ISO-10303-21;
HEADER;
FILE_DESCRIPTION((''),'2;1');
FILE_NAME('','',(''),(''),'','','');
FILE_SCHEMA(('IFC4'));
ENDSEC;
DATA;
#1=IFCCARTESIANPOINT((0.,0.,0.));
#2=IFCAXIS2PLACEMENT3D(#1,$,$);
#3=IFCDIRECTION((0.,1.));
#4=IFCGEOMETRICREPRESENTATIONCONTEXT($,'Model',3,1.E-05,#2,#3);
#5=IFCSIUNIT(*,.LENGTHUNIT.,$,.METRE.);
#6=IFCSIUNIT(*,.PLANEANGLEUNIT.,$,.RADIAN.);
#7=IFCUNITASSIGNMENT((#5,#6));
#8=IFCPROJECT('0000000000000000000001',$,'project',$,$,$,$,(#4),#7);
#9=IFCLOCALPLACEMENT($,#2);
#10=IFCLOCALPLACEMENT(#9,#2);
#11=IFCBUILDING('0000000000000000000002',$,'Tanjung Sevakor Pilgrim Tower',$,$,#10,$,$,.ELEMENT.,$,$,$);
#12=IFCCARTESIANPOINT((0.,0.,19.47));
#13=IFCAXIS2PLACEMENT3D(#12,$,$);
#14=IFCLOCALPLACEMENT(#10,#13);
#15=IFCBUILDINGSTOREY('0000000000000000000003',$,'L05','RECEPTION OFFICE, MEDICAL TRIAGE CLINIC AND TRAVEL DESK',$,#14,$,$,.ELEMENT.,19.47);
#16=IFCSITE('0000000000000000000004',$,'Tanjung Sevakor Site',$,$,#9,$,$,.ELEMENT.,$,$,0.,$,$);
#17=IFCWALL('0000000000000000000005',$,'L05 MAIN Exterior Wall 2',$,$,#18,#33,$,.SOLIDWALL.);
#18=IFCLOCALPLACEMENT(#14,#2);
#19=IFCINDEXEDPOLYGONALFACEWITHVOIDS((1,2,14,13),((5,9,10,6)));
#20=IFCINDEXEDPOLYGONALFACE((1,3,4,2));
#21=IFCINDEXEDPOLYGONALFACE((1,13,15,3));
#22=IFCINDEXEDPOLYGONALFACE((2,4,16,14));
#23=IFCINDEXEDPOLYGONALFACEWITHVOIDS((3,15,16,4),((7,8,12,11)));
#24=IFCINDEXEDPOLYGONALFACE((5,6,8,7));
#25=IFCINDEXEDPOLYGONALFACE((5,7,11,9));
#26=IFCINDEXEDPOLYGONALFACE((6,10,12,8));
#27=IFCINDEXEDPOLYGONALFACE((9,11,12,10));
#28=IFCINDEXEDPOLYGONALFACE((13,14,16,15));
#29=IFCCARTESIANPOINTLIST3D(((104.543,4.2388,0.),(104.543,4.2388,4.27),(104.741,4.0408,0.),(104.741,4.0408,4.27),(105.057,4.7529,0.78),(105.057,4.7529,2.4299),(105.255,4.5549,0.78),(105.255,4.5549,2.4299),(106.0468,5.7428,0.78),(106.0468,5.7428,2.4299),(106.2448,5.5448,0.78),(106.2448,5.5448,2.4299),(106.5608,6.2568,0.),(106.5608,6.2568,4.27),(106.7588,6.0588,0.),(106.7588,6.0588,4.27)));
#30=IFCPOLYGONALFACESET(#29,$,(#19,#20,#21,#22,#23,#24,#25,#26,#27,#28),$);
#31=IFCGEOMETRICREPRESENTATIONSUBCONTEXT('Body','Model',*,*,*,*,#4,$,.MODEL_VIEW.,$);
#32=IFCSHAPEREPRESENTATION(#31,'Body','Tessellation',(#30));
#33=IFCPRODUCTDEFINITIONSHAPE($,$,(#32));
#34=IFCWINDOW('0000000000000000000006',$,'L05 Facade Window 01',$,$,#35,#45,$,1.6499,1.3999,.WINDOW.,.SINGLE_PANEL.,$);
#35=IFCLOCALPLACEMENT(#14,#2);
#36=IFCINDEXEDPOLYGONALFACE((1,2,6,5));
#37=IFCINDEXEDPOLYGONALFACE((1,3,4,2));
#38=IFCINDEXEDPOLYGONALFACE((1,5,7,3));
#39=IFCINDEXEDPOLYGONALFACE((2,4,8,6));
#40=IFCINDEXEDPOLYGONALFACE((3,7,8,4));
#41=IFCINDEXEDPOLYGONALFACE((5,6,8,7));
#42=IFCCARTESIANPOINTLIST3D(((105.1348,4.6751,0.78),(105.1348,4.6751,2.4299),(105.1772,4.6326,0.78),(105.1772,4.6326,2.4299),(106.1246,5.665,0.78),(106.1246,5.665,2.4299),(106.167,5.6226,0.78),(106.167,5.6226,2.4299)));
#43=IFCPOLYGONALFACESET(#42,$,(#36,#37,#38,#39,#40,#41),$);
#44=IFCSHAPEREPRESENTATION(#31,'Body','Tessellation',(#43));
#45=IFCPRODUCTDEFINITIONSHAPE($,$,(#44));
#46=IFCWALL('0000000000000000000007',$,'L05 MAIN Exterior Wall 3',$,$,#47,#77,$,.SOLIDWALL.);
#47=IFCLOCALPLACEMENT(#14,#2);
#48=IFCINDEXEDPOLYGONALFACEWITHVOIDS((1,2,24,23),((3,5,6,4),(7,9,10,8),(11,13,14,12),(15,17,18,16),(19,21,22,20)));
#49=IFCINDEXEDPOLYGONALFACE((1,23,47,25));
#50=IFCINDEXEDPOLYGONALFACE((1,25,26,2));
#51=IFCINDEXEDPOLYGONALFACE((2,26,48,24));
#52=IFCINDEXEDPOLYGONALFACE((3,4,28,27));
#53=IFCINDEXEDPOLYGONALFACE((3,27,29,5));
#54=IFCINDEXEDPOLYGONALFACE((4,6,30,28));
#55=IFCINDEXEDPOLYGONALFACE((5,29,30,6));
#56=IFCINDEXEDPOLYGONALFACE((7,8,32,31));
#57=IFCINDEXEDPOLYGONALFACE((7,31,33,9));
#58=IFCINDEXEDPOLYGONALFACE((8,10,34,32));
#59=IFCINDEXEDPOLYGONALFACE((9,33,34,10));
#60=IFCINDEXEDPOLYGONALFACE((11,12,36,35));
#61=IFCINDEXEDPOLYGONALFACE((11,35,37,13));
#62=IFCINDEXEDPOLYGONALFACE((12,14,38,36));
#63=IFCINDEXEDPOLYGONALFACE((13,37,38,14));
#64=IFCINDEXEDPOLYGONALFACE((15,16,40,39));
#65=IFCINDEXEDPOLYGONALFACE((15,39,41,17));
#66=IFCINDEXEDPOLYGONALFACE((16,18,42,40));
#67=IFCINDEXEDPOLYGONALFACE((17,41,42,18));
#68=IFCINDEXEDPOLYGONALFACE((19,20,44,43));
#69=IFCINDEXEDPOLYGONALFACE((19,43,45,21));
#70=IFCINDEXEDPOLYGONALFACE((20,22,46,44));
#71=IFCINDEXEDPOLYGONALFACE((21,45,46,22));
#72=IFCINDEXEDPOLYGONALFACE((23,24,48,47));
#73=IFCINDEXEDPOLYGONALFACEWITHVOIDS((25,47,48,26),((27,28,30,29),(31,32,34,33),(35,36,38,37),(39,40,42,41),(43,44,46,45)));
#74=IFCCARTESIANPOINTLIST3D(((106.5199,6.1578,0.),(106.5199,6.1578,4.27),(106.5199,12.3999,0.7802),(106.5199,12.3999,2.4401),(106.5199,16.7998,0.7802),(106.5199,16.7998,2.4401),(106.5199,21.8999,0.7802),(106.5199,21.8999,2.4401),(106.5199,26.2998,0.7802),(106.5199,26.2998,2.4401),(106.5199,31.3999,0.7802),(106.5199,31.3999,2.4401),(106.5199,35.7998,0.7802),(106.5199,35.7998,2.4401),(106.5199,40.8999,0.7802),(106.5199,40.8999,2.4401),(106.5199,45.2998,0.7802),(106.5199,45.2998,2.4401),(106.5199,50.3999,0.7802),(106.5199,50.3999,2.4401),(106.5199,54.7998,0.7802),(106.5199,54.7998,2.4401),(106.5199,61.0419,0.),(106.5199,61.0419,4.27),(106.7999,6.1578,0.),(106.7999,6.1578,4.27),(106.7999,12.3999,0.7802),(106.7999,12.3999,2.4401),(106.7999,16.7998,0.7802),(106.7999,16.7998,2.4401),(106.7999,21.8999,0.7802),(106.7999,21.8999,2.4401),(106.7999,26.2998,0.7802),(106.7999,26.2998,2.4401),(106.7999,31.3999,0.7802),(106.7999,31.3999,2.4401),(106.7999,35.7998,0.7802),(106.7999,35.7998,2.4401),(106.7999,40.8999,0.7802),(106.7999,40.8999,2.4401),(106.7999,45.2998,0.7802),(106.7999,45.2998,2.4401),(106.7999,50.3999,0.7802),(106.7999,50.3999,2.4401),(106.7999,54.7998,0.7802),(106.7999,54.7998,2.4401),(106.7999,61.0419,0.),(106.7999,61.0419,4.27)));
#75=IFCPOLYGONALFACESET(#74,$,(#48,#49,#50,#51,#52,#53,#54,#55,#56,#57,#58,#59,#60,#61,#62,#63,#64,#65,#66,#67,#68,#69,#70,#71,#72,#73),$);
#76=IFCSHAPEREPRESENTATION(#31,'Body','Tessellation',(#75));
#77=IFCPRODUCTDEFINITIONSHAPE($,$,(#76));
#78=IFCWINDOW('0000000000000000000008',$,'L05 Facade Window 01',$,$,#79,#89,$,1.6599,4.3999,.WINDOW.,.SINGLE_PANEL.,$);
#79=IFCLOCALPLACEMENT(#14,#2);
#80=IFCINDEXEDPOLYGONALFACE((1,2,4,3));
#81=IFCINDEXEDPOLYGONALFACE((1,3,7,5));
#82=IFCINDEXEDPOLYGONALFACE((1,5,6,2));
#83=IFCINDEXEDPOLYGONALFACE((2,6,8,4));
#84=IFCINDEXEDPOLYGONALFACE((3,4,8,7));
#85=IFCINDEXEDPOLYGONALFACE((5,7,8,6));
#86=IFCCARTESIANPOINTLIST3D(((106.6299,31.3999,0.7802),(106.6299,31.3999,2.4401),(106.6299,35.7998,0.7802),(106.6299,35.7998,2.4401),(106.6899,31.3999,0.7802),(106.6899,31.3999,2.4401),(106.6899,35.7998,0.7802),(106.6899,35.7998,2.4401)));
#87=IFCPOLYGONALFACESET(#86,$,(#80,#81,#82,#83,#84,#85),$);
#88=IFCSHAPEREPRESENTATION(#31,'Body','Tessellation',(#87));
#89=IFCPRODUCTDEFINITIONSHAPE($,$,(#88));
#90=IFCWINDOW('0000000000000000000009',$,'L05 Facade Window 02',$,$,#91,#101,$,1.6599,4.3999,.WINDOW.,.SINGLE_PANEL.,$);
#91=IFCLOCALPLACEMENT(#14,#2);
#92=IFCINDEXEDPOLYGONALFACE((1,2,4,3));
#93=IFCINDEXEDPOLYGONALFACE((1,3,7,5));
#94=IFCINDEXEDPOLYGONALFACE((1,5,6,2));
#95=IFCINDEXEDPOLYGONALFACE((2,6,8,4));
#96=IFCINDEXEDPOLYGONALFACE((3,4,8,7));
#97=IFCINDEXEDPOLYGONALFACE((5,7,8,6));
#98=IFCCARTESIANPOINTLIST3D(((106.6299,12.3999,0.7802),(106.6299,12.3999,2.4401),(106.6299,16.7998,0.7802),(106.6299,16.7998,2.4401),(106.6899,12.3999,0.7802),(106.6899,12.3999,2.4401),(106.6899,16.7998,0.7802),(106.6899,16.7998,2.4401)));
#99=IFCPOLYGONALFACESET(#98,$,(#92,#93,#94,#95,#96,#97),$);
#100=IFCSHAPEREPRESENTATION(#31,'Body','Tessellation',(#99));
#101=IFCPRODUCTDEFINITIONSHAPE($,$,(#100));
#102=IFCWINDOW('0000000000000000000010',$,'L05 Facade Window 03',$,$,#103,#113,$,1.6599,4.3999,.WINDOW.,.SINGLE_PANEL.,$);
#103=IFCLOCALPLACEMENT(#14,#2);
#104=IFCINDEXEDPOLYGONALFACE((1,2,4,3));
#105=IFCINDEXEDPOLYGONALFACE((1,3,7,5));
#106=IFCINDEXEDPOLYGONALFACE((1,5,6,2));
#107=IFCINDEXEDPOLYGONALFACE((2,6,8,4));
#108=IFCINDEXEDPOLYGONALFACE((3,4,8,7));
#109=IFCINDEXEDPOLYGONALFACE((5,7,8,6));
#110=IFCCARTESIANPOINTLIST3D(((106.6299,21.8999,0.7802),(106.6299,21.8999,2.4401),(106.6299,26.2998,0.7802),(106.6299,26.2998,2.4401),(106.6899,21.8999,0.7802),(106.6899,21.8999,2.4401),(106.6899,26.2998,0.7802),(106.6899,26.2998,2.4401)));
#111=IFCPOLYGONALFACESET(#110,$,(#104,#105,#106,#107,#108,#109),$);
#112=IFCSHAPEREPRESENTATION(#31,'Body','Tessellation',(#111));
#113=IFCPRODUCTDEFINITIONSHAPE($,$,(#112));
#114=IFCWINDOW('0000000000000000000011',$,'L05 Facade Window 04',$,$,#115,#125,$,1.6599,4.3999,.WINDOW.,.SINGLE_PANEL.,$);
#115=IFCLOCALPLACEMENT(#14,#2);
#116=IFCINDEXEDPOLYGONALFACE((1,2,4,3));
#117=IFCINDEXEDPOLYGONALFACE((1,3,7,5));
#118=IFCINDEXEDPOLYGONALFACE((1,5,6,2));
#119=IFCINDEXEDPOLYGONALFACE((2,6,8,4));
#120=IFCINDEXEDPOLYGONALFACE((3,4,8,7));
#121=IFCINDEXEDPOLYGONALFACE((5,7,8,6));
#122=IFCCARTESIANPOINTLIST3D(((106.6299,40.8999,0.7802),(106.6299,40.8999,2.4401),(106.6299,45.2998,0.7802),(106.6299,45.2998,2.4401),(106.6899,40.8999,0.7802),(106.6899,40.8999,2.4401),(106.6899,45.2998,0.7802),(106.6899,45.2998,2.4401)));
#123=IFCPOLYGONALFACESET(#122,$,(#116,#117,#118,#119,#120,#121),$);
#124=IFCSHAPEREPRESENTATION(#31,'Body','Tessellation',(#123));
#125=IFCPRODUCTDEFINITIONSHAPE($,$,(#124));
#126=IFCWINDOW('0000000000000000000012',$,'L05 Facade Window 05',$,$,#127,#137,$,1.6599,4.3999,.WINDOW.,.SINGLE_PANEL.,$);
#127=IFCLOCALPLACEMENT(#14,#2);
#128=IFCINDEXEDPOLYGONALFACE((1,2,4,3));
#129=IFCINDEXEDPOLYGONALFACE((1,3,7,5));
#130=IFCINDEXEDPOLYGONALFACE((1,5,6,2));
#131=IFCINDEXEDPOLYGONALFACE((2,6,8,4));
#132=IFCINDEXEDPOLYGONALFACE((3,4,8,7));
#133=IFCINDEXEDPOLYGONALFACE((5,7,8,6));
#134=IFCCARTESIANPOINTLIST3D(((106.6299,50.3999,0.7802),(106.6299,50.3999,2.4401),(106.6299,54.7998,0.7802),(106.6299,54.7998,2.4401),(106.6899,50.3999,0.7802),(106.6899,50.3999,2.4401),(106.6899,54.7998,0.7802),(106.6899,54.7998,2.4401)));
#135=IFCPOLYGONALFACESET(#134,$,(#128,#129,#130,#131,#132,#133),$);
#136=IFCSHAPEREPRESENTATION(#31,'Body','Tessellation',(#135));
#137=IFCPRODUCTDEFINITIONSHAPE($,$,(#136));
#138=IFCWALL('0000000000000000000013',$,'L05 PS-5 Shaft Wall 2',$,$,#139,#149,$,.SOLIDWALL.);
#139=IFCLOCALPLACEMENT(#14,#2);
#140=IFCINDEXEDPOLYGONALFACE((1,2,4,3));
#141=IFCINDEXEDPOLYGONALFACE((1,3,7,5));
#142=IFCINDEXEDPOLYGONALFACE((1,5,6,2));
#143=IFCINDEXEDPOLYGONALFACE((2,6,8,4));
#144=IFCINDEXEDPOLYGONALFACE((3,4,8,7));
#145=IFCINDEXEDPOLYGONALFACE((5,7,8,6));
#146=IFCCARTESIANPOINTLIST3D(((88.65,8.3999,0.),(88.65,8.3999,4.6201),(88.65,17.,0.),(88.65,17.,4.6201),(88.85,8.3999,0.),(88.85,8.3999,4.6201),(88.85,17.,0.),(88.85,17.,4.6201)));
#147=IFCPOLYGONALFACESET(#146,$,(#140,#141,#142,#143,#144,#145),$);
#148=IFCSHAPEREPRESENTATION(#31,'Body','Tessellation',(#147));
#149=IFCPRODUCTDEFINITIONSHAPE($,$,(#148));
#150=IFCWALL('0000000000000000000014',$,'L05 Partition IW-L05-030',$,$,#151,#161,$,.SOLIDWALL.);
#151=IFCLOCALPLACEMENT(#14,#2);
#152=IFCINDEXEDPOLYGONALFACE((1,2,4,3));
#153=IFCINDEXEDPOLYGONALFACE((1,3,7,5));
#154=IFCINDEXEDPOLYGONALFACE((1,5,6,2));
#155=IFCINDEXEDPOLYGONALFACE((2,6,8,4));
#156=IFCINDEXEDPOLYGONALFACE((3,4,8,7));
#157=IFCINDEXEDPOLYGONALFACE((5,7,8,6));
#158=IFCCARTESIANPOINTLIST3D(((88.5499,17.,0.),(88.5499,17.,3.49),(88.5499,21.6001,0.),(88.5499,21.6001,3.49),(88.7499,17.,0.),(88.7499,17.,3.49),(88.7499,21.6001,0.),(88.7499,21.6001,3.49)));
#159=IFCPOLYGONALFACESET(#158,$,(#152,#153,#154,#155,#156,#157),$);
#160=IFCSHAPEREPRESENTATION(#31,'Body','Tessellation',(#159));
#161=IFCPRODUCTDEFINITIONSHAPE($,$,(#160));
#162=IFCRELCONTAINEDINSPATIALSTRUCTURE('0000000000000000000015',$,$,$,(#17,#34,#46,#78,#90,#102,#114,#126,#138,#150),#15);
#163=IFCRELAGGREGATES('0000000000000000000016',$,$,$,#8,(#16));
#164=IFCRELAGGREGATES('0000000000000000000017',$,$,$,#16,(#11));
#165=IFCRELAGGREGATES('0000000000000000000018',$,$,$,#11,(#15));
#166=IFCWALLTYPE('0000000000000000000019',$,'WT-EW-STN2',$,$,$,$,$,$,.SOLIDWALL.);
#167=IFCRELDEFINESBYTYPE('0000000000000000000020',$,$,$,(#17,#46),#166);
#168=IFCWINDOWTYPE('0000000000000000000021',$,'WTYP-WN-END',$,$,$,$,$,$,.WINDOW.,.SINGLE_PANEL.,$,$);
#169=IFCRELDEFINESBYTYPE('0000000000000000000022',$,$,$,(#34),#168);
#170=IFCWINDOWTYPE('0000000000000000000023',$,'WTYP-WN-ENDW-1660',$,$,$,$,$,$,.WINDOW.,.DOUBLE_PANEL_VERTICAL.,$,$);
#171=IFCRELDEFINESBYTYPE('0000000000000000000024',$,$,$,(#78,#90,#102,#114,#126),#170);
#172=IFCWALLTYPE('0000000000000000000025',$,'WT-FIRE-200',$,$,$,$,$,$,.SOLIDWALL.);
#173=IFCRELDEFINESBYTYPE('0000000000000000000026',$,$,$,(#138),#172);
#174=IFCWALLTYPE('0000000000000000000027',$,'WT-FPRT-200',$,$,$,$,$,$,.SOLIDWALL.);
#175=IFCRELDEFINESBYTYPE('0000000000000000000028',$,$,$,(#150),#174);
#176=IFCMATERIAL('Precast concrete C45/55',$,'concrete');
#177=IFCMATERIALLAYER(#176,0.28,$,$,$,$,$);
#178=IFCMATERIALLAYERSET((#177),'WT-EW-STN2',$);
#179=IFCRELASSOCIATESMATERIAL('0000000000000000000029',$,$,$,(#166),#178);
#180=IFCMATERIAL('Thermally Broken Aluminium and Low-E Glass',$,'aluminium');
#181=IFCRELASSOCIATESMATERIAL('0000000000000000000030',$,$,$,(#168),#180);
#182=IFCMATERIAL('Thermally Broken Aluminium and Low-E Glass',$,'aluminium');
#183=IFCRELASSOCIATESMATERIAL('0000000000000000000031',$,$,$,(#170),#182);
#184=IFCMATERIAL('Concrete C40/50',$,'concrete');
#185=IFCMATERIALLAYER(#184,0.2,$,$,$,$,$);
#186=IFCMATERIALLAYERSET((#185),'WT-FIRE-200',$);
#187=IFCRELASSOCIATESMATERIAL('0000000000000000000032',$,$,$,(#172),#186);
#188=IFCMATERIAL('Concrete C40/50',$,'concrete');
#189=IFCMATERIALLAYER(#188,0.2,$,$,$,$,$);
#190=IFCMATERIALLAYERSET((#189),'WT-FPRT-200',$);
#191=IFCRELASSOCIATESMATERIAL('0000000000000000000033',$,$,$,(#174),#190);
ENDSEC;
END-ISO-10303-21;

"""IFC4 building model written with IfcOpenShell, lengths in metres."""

from ifc_helpers import new_model, si_unit, direction, frame, frame_2d, origin, place, context, subcontext, project, spatial, rectangle, extrude, material, layer, layer_set, type_object, element, fill, save


model = new_model("IFC4")

# Units and contexts
model_context = context("Model", 3, precision=1e-05, world=origin(), true_north=direction((0.0, 1.0)))
body_context = subcontext(model_context, "Body", "Model", "MODEL_VIEW")
ifc_project = project(units=[si_unit("LENGTHUNIT", "METRE"), si_unit("PLANEANGLEUNIT", "RADIAN")], contexts=[model_context])

# Site, building, storey
site_placement = place(None, origin())
site = spatial("IfcSite", under=ifc_project, at=site_placement, Name="Tanjung Sevakor Site", CompositionType="ELEMENT", RefElevation=0.0)
building_placement = place(site_placement, origin())
building = spatial("IfcBuilding", under=site, at=building_placement, Name="Tanjung Sevakor Pilgrim Tower", CompositionType="ELEMENT")
storey_placement = place(building_placement, frame((0.0, 0.0, 19.47)))
storey = spatial("IfcBuildingStorey", under=building, at=storey_placement, Name="L05", Description="RECEPTION OFFICE, MEDICAL TRIAGE CLINIC AND TRAVEL DESK", CompositionType="ELEMENT", Elevation=19.47)

# Wall, opening, window
ifc_material_1 = material(Name="Precast concrete C45/55", Category="concrete")
ifc_layer_1 = layer(ifc_material_1, 0.28)
ifc_layer_set_1 = layer_set([ifc_layer_1], Name="WT-EW-STN2")
wall_type_1 = type_object("IfcWallType", Name="WT-EW-STN2", PredefinedType="SOLIDWALL", material=ifc_layer_set_1)
wall_1_placement = place(storey_placement, frame((104.6421, 4.1399, 0.0), z_axis=(0.0, 0.0, 1.0), x_axis=(0.707064, 0.70715, 0.0)))
wall_1 = element("IfcWall", 1, at=wall_1_placement, inside=storey, type_object=wall_type_1, Name="L05 MAIN Exterior Wall 2", PredefinedType="SOLIDWALL", context=body_context, shape_type="SweptSolid", body=[
    extrude(rectangle(XDim=2.8538, YDim=0.28, at=frame_2d((1.4268, 0.0))), origin(), (0.0, 0.0, 1.0), 4.27),
])
opening_1_placement = place(wall_1_placement, frame((0.7268, 0.0, 0.78)))
opening_1 = element("IfcOpeningElement", 2, at=opening_1_placement, cuts=wall_1, PredefinedType="OPENING", context=body_context, shape_type="SweptSolid", body=[
    extrude(rectangle(XDim=1.3999, YDim=1.6499, at=frame_2d((0.7, 0.825))), frame((0.0, 0.1499, 0.0), z_axis=(0.0, -1.0, 0.0), x_axis=(1.0, 0.0, 0.0)), (0.0, 0.0, 1.0), 0.3),
])
ifc_material_2 = material(Name="Thermally Broken Aluminium and Low-E Glass", Category="aluminium")
window_type_1 = type_object("IfcWindowType", Name="WTYP-WN-END", PartitioningType="SINGLE_PANEL", PredefinedType="WINDOW", material=ifc_material_2)
window_1_placement = place(opening_1_placement, origin())
window_1 = element("IfcWindow", 3, at=window_1_placement, inside=storey, type_object=window_type_1, Name="L05 Facade Window 01", OverallHeight=1.6499, OverallWidth=1.3999, PartitioningType="SINGLE_PANEL", PredefinedType="WINDOW", context=body_context, shape_type="SweptSolid", body=[
    extrude(rectangle(XDim=1.3999, YDim=1.6499, at=frame_2d((0.7, 0.825))), frame((0.0, 0.03, 0.0), z_axis=(0.0, -1.0, 0.0), x_axis=(1.0, 0.0, 0.0)), (0.0, 0.0, 1.0), 0.0601),
])
fill(opening_1, window_1)

# Wall, openings, windows
wall_2_placement = place(storey_placement, frame((106.6599, 6.158, 0.0), z_axis=(0.0, 0.0, 1.0), x_axis=(0.0, 1.0, 0.0)))
wall_2 = element("IfcWall", 4, at=wall_2_placement, inside=storey, type_object=wall_type_1, Name="L05 MAIN Exterior Wall 3", PredefinedType="SOLIDWALL", context=body_context, shape_type="SweptSolid", body=[
    extrude(rectangle(XDim=54.884, YDim=0.28, at=frame_2d((27.4419, 0.0))), origin(), (0.0, 0.0, 1.0), 4.27),
])
opening_2_placement = place(wall_2_placement, frame((25.2419, 0.0, 0.78)))
opening_2 = element("IfcOpeningElement", 5, at=opening_2_placement, cuts=wall_2, PredefinedType="OPENING", context=body_context, shape_type="SweptSolid", body=[
    extrude(rectangle(XDim=4.3999, YDim=1.6599, at=frame_2d((2.2, 0.8301))), frame((0.0, 0.1499, 0.0), z_axis=(0.0, -1.0, 0.0), x_axis=(1.0, 0.0, 0.0)), (0.0, 0.0, 1.0), 0.3),
])
opening_3_placement = place(wall_2_placement, frame((6.2419, 0.0, 0.78)))
opening_3 = element("IfcOpeningElement", 6, at=opening_3_placement, cuts=wall_2, PredefinedType="OPENING", context=body_context, shape_type="SweptSolid", body=[
    extrude(rectangle(XDim=4.3999, YDim=1.6599, at=frame_2d((2.2, 0.8301))), frame((0.0, 0.1499, 0.0), z_axis=(0.0, -1.0, 0.0), x_axis=(1.0, 0.0, 0.0)), (0.0, 0.0, 1.0), 0.3),
])
opening_4_placement = place(wall_2_placement, frame((15.7419, 0.0, 0.78)))
opening_4 = element("IfcOpeningElement", 7, at=opening_4_placement, cuts=wall_2, PredefinedType="OPENING", context=body_context, shape_type="SweptSolid", body=[
    extrude(rectangle(XDim=4.3999, YDim=1.6599, at=frame_2d((2.2, 0.8301))), frame((0.0, 0.1499, 0.0), z_axis=(0.0, -1.0, 0.0), x_axis=(1.0, 0.0, 0.0)), (0.0, 0.0, 1.0), 0.3),
])
opening_5_placement = place(wall_2_placement, frame((34.7419, 0.0, 0.78)))
opening_5 = element("IfcOpeningElement", 8, at=opening_5_placement, cuts=wall_2, PredefinedType="OPENING", context=body_context, shape_type="SweptSolid", body=[
    extrude(rectangle(XDim=4.3999, YDim=1.6599, at=frame_2d((2.2, 0.8301))), frame((0.0, 0.1499, 0.0), z_axis=(0.0, -1.0, 0.0), x_axis=(1.0, 0.0, 0.0)), (0.0, 0.0, 1.0), 0.3),
])
opening_6_placement = place(wall_2_placement, frame((44.2419, 0.0, 0.78)))
opening_6 = element("IfcOpeningElement", 9, at=opening_6_placement, cuts=wall_2, PredefinedType="OPENING", context=body_context, shape_type="SweptSolid", body=[
    extrude(rectangle(XDim=4.3999, YDim=1.6599, at=frame_2d((2.2, 0.8301))), frame((0.0, 0.1499, 0.0), z_axis=(0.0, -1.0, 0.0), x_axis=(1.0, 0.0, 0.0)), (0.0, 0.0, 1.0), 0.3),
])
ifc_material_3 = material(Name="Thermally Broken Aluminium and Low-E Glass", Category="aluminium")
window_type_2 = type_object("IfcWindowType", Name="WTYP-WN-ENDW-1660", PartitioningType="DOUBLE_PANEL_VERTICAL", PredefinedType="WINDOW", material=ifc_material_3)
window_2_placement = place(opening_2_placement, origin())
window_2 = element("IfcWindow", 10, at=window_2_placement, inside=storey, type_object=window_type_2, Name="L05 Facade Window 01", OverallHeight=1.6599, OverallWidth=4.3999, PartitioningType="SINGLE_PANEL", PredefinedType="WINDOW", context=body_context, shape_type="SweptSolid", body=[
    extrude(rectangle(XDim=4.3999, YDim=1.6599, at=frame_2d((2.2, 0.8301))), frame((0.0, 0.03, 0.0), z_axis=(0.0, -1.0, 0.0), x_axis=(1.0, 0.0, 0.0)), (0.0, 0.0, 1.0), 0.0601),
])
fill(opening_2, window_2)
window_3_placement = place(opening_3_placement, origin())
window_3 = element("IfcWindow", 11, at=window_3_placement, inside=storey, type_object=window_type_2, Name="L05 Facade Window 02", OverallHeight=1.6599, OverallWidth=4.3999, PartitioningType="SINGLE_PANEL", PredefinedType="WINDOW", context=body_context, shape_type="SweptSolid", body=[
    extrude(rectangle(XDim=4.3999, YDim=1.6599, at=frame_2d((2.2, 0.8301))), frame((0.0, 0.03, 0.0), z_axis=(0.0, -1.0, 0.0), x_axis=(1.0, 0.0, 0.0)), (0.0, 0.0, 1.0), 0.0601),
])
fill(opening_3, window_3)
window_4_placement = place(opening_4_placement, origin())
window_4 = element("IfcWindow", 12, at=window_4_placement, inside=storey, type_object=window_type_2, Name="L05 Facade Window 03", OverallHeight=1.6599, OverallWidth=4.3999, PartitioningType="SINGLE_PANEL", PredefinedType="WINDOW", context=body_context, shape_type="SweptSolid", body=[
    extrude(rectangle(XDim=4.3999, YDim=1.6599, at=frame_2d((2.2, 0.8301))), frame((0.0, 0.03, 0.0), z_axis=(0.0, -1.0, 0.0), x_axis=(1.0, 0.0, 0.0)), (0.0, 0.0, 1.0), 0.0601),
])
fill(opening_4, window_4)
window_5_placement = place(opening_5_placement, origin())
window_5 = element("IfcWindow", 13, at=window_5_placement, inside=storey, type_object=window_type_2, Name="L05 Facade Window 04", OverallHeight=1.6599, OverallWidth=4.3999, PartitioningType="SINGLE_PANEL", PredefinedType="WINDOW", context=body_context, shape_type="SweptSolid", body=[
    extrude(rectangle(XDim=4.3999, YDim=1.6599, at=frame_2d((2.2, 0.8301))), frame((0.0, 0.03, 0.0), z_axis=(0.0, -1.0, 0.0), x_axis=(1.0, 0.0, 0.0)), (0.0, 0.0, 1.0), 0.0601),
])
fill(opening_5, window_5)
window_6_placement = place(opening_6_placement, origin())
window_6 = element("IfcWindow", 14, at=window_6_placement, inside=storey, type_object=window_type_2, Name="L05 Facade Window 05", OverallHeight=1.6599, OverallWidth=4.3999, PartitioningType="SINGLE_PANEL", PredefinedType="WINDOW", context=body_context, shape_type="SweptSolid", body=[
    extrude(rectangle(XDim=4.3999, YDim=1.6599, at=frame_2d((2.2, 0.8301))), frame((0.0, 0.03, 0.0), z_axis=(0.0, -1.0, 0.0), x_axis=(1.0, 0.0, 0.0)), (0.0, 0.0, 1.0), 0.0601),
])
fill(opening_6, window_6)

# Wall
ifc_material_4 = material(Name="Concrete C40/50", Category="concrete")
ifc_layer_2 = layer(ifc_material_4, 0.2)
ifc_layer_set_2 = layer_set([ifc_layer_2], Name="WT-FIRE-200")
wall_type_2 = type_object("IfcWallType", Name="WT-FIRE-200", PredefinedType="SOLIDWALL", material=ifc_layer_set_2)
wall_3_placement = place(storey_placement, frame((88.75, 8.3999, 0.0), z_axis=(0.0, 0.0, 1.0), x_axis=(0.0, 1.0, 0.0)))
element("IfcWall", 15, at=wall_3_placement, inside=storey, type_object=wall_type_2, Name="L05 PS-5 Shaft Wall 2", PredefinedType="SOLIDWALL", context=body_context, shape_type="SweptSolid", body=[
    extrude(rectangle(XDim=8.6001, YDim=0.2, at=frame_2d((4.3, 0.0))), origin(), (0.0, 0.0, 1.0), 4.6201),
])

# Wall
ifc_material_5 = material(Name="Concrete C40/50", Category="concrete")
ifc_layer_3 = layer(ifc_material_5, 0.2)
ifc_layer_set_3 = layer_set([ifc_layer_3], Name="WT-FPRT-200")
wall_type_3 = type_object("IfcWallType", Name="WT-FPRT-200", PredefinedType="SOLIDWALL", material=ifc_layer_set_3)
wall_4_placement = place(storey_placement, frame((88.6499, 17.0, 0.0), z_axis=(0.0, 0.0, 1.0), x_axis=(0.0, 1.0, 0.0)))
element("IfcWall", 16, at=wall_4_placement, inside=storey, type_object=wall_type_3, Name="L05 Partition IW-L05-030", PredefinedType="SOLIDWALL", context=body_context, shape_type="SweptSolid", body=[
    extrude(rectangle(XDim=4.6001, YDim=0.2, at=frame_2d((2.3, 0.0))), origin(), (0.0, 0.0, 1.0), 3.49),
])

save(model, "model.ifc")
